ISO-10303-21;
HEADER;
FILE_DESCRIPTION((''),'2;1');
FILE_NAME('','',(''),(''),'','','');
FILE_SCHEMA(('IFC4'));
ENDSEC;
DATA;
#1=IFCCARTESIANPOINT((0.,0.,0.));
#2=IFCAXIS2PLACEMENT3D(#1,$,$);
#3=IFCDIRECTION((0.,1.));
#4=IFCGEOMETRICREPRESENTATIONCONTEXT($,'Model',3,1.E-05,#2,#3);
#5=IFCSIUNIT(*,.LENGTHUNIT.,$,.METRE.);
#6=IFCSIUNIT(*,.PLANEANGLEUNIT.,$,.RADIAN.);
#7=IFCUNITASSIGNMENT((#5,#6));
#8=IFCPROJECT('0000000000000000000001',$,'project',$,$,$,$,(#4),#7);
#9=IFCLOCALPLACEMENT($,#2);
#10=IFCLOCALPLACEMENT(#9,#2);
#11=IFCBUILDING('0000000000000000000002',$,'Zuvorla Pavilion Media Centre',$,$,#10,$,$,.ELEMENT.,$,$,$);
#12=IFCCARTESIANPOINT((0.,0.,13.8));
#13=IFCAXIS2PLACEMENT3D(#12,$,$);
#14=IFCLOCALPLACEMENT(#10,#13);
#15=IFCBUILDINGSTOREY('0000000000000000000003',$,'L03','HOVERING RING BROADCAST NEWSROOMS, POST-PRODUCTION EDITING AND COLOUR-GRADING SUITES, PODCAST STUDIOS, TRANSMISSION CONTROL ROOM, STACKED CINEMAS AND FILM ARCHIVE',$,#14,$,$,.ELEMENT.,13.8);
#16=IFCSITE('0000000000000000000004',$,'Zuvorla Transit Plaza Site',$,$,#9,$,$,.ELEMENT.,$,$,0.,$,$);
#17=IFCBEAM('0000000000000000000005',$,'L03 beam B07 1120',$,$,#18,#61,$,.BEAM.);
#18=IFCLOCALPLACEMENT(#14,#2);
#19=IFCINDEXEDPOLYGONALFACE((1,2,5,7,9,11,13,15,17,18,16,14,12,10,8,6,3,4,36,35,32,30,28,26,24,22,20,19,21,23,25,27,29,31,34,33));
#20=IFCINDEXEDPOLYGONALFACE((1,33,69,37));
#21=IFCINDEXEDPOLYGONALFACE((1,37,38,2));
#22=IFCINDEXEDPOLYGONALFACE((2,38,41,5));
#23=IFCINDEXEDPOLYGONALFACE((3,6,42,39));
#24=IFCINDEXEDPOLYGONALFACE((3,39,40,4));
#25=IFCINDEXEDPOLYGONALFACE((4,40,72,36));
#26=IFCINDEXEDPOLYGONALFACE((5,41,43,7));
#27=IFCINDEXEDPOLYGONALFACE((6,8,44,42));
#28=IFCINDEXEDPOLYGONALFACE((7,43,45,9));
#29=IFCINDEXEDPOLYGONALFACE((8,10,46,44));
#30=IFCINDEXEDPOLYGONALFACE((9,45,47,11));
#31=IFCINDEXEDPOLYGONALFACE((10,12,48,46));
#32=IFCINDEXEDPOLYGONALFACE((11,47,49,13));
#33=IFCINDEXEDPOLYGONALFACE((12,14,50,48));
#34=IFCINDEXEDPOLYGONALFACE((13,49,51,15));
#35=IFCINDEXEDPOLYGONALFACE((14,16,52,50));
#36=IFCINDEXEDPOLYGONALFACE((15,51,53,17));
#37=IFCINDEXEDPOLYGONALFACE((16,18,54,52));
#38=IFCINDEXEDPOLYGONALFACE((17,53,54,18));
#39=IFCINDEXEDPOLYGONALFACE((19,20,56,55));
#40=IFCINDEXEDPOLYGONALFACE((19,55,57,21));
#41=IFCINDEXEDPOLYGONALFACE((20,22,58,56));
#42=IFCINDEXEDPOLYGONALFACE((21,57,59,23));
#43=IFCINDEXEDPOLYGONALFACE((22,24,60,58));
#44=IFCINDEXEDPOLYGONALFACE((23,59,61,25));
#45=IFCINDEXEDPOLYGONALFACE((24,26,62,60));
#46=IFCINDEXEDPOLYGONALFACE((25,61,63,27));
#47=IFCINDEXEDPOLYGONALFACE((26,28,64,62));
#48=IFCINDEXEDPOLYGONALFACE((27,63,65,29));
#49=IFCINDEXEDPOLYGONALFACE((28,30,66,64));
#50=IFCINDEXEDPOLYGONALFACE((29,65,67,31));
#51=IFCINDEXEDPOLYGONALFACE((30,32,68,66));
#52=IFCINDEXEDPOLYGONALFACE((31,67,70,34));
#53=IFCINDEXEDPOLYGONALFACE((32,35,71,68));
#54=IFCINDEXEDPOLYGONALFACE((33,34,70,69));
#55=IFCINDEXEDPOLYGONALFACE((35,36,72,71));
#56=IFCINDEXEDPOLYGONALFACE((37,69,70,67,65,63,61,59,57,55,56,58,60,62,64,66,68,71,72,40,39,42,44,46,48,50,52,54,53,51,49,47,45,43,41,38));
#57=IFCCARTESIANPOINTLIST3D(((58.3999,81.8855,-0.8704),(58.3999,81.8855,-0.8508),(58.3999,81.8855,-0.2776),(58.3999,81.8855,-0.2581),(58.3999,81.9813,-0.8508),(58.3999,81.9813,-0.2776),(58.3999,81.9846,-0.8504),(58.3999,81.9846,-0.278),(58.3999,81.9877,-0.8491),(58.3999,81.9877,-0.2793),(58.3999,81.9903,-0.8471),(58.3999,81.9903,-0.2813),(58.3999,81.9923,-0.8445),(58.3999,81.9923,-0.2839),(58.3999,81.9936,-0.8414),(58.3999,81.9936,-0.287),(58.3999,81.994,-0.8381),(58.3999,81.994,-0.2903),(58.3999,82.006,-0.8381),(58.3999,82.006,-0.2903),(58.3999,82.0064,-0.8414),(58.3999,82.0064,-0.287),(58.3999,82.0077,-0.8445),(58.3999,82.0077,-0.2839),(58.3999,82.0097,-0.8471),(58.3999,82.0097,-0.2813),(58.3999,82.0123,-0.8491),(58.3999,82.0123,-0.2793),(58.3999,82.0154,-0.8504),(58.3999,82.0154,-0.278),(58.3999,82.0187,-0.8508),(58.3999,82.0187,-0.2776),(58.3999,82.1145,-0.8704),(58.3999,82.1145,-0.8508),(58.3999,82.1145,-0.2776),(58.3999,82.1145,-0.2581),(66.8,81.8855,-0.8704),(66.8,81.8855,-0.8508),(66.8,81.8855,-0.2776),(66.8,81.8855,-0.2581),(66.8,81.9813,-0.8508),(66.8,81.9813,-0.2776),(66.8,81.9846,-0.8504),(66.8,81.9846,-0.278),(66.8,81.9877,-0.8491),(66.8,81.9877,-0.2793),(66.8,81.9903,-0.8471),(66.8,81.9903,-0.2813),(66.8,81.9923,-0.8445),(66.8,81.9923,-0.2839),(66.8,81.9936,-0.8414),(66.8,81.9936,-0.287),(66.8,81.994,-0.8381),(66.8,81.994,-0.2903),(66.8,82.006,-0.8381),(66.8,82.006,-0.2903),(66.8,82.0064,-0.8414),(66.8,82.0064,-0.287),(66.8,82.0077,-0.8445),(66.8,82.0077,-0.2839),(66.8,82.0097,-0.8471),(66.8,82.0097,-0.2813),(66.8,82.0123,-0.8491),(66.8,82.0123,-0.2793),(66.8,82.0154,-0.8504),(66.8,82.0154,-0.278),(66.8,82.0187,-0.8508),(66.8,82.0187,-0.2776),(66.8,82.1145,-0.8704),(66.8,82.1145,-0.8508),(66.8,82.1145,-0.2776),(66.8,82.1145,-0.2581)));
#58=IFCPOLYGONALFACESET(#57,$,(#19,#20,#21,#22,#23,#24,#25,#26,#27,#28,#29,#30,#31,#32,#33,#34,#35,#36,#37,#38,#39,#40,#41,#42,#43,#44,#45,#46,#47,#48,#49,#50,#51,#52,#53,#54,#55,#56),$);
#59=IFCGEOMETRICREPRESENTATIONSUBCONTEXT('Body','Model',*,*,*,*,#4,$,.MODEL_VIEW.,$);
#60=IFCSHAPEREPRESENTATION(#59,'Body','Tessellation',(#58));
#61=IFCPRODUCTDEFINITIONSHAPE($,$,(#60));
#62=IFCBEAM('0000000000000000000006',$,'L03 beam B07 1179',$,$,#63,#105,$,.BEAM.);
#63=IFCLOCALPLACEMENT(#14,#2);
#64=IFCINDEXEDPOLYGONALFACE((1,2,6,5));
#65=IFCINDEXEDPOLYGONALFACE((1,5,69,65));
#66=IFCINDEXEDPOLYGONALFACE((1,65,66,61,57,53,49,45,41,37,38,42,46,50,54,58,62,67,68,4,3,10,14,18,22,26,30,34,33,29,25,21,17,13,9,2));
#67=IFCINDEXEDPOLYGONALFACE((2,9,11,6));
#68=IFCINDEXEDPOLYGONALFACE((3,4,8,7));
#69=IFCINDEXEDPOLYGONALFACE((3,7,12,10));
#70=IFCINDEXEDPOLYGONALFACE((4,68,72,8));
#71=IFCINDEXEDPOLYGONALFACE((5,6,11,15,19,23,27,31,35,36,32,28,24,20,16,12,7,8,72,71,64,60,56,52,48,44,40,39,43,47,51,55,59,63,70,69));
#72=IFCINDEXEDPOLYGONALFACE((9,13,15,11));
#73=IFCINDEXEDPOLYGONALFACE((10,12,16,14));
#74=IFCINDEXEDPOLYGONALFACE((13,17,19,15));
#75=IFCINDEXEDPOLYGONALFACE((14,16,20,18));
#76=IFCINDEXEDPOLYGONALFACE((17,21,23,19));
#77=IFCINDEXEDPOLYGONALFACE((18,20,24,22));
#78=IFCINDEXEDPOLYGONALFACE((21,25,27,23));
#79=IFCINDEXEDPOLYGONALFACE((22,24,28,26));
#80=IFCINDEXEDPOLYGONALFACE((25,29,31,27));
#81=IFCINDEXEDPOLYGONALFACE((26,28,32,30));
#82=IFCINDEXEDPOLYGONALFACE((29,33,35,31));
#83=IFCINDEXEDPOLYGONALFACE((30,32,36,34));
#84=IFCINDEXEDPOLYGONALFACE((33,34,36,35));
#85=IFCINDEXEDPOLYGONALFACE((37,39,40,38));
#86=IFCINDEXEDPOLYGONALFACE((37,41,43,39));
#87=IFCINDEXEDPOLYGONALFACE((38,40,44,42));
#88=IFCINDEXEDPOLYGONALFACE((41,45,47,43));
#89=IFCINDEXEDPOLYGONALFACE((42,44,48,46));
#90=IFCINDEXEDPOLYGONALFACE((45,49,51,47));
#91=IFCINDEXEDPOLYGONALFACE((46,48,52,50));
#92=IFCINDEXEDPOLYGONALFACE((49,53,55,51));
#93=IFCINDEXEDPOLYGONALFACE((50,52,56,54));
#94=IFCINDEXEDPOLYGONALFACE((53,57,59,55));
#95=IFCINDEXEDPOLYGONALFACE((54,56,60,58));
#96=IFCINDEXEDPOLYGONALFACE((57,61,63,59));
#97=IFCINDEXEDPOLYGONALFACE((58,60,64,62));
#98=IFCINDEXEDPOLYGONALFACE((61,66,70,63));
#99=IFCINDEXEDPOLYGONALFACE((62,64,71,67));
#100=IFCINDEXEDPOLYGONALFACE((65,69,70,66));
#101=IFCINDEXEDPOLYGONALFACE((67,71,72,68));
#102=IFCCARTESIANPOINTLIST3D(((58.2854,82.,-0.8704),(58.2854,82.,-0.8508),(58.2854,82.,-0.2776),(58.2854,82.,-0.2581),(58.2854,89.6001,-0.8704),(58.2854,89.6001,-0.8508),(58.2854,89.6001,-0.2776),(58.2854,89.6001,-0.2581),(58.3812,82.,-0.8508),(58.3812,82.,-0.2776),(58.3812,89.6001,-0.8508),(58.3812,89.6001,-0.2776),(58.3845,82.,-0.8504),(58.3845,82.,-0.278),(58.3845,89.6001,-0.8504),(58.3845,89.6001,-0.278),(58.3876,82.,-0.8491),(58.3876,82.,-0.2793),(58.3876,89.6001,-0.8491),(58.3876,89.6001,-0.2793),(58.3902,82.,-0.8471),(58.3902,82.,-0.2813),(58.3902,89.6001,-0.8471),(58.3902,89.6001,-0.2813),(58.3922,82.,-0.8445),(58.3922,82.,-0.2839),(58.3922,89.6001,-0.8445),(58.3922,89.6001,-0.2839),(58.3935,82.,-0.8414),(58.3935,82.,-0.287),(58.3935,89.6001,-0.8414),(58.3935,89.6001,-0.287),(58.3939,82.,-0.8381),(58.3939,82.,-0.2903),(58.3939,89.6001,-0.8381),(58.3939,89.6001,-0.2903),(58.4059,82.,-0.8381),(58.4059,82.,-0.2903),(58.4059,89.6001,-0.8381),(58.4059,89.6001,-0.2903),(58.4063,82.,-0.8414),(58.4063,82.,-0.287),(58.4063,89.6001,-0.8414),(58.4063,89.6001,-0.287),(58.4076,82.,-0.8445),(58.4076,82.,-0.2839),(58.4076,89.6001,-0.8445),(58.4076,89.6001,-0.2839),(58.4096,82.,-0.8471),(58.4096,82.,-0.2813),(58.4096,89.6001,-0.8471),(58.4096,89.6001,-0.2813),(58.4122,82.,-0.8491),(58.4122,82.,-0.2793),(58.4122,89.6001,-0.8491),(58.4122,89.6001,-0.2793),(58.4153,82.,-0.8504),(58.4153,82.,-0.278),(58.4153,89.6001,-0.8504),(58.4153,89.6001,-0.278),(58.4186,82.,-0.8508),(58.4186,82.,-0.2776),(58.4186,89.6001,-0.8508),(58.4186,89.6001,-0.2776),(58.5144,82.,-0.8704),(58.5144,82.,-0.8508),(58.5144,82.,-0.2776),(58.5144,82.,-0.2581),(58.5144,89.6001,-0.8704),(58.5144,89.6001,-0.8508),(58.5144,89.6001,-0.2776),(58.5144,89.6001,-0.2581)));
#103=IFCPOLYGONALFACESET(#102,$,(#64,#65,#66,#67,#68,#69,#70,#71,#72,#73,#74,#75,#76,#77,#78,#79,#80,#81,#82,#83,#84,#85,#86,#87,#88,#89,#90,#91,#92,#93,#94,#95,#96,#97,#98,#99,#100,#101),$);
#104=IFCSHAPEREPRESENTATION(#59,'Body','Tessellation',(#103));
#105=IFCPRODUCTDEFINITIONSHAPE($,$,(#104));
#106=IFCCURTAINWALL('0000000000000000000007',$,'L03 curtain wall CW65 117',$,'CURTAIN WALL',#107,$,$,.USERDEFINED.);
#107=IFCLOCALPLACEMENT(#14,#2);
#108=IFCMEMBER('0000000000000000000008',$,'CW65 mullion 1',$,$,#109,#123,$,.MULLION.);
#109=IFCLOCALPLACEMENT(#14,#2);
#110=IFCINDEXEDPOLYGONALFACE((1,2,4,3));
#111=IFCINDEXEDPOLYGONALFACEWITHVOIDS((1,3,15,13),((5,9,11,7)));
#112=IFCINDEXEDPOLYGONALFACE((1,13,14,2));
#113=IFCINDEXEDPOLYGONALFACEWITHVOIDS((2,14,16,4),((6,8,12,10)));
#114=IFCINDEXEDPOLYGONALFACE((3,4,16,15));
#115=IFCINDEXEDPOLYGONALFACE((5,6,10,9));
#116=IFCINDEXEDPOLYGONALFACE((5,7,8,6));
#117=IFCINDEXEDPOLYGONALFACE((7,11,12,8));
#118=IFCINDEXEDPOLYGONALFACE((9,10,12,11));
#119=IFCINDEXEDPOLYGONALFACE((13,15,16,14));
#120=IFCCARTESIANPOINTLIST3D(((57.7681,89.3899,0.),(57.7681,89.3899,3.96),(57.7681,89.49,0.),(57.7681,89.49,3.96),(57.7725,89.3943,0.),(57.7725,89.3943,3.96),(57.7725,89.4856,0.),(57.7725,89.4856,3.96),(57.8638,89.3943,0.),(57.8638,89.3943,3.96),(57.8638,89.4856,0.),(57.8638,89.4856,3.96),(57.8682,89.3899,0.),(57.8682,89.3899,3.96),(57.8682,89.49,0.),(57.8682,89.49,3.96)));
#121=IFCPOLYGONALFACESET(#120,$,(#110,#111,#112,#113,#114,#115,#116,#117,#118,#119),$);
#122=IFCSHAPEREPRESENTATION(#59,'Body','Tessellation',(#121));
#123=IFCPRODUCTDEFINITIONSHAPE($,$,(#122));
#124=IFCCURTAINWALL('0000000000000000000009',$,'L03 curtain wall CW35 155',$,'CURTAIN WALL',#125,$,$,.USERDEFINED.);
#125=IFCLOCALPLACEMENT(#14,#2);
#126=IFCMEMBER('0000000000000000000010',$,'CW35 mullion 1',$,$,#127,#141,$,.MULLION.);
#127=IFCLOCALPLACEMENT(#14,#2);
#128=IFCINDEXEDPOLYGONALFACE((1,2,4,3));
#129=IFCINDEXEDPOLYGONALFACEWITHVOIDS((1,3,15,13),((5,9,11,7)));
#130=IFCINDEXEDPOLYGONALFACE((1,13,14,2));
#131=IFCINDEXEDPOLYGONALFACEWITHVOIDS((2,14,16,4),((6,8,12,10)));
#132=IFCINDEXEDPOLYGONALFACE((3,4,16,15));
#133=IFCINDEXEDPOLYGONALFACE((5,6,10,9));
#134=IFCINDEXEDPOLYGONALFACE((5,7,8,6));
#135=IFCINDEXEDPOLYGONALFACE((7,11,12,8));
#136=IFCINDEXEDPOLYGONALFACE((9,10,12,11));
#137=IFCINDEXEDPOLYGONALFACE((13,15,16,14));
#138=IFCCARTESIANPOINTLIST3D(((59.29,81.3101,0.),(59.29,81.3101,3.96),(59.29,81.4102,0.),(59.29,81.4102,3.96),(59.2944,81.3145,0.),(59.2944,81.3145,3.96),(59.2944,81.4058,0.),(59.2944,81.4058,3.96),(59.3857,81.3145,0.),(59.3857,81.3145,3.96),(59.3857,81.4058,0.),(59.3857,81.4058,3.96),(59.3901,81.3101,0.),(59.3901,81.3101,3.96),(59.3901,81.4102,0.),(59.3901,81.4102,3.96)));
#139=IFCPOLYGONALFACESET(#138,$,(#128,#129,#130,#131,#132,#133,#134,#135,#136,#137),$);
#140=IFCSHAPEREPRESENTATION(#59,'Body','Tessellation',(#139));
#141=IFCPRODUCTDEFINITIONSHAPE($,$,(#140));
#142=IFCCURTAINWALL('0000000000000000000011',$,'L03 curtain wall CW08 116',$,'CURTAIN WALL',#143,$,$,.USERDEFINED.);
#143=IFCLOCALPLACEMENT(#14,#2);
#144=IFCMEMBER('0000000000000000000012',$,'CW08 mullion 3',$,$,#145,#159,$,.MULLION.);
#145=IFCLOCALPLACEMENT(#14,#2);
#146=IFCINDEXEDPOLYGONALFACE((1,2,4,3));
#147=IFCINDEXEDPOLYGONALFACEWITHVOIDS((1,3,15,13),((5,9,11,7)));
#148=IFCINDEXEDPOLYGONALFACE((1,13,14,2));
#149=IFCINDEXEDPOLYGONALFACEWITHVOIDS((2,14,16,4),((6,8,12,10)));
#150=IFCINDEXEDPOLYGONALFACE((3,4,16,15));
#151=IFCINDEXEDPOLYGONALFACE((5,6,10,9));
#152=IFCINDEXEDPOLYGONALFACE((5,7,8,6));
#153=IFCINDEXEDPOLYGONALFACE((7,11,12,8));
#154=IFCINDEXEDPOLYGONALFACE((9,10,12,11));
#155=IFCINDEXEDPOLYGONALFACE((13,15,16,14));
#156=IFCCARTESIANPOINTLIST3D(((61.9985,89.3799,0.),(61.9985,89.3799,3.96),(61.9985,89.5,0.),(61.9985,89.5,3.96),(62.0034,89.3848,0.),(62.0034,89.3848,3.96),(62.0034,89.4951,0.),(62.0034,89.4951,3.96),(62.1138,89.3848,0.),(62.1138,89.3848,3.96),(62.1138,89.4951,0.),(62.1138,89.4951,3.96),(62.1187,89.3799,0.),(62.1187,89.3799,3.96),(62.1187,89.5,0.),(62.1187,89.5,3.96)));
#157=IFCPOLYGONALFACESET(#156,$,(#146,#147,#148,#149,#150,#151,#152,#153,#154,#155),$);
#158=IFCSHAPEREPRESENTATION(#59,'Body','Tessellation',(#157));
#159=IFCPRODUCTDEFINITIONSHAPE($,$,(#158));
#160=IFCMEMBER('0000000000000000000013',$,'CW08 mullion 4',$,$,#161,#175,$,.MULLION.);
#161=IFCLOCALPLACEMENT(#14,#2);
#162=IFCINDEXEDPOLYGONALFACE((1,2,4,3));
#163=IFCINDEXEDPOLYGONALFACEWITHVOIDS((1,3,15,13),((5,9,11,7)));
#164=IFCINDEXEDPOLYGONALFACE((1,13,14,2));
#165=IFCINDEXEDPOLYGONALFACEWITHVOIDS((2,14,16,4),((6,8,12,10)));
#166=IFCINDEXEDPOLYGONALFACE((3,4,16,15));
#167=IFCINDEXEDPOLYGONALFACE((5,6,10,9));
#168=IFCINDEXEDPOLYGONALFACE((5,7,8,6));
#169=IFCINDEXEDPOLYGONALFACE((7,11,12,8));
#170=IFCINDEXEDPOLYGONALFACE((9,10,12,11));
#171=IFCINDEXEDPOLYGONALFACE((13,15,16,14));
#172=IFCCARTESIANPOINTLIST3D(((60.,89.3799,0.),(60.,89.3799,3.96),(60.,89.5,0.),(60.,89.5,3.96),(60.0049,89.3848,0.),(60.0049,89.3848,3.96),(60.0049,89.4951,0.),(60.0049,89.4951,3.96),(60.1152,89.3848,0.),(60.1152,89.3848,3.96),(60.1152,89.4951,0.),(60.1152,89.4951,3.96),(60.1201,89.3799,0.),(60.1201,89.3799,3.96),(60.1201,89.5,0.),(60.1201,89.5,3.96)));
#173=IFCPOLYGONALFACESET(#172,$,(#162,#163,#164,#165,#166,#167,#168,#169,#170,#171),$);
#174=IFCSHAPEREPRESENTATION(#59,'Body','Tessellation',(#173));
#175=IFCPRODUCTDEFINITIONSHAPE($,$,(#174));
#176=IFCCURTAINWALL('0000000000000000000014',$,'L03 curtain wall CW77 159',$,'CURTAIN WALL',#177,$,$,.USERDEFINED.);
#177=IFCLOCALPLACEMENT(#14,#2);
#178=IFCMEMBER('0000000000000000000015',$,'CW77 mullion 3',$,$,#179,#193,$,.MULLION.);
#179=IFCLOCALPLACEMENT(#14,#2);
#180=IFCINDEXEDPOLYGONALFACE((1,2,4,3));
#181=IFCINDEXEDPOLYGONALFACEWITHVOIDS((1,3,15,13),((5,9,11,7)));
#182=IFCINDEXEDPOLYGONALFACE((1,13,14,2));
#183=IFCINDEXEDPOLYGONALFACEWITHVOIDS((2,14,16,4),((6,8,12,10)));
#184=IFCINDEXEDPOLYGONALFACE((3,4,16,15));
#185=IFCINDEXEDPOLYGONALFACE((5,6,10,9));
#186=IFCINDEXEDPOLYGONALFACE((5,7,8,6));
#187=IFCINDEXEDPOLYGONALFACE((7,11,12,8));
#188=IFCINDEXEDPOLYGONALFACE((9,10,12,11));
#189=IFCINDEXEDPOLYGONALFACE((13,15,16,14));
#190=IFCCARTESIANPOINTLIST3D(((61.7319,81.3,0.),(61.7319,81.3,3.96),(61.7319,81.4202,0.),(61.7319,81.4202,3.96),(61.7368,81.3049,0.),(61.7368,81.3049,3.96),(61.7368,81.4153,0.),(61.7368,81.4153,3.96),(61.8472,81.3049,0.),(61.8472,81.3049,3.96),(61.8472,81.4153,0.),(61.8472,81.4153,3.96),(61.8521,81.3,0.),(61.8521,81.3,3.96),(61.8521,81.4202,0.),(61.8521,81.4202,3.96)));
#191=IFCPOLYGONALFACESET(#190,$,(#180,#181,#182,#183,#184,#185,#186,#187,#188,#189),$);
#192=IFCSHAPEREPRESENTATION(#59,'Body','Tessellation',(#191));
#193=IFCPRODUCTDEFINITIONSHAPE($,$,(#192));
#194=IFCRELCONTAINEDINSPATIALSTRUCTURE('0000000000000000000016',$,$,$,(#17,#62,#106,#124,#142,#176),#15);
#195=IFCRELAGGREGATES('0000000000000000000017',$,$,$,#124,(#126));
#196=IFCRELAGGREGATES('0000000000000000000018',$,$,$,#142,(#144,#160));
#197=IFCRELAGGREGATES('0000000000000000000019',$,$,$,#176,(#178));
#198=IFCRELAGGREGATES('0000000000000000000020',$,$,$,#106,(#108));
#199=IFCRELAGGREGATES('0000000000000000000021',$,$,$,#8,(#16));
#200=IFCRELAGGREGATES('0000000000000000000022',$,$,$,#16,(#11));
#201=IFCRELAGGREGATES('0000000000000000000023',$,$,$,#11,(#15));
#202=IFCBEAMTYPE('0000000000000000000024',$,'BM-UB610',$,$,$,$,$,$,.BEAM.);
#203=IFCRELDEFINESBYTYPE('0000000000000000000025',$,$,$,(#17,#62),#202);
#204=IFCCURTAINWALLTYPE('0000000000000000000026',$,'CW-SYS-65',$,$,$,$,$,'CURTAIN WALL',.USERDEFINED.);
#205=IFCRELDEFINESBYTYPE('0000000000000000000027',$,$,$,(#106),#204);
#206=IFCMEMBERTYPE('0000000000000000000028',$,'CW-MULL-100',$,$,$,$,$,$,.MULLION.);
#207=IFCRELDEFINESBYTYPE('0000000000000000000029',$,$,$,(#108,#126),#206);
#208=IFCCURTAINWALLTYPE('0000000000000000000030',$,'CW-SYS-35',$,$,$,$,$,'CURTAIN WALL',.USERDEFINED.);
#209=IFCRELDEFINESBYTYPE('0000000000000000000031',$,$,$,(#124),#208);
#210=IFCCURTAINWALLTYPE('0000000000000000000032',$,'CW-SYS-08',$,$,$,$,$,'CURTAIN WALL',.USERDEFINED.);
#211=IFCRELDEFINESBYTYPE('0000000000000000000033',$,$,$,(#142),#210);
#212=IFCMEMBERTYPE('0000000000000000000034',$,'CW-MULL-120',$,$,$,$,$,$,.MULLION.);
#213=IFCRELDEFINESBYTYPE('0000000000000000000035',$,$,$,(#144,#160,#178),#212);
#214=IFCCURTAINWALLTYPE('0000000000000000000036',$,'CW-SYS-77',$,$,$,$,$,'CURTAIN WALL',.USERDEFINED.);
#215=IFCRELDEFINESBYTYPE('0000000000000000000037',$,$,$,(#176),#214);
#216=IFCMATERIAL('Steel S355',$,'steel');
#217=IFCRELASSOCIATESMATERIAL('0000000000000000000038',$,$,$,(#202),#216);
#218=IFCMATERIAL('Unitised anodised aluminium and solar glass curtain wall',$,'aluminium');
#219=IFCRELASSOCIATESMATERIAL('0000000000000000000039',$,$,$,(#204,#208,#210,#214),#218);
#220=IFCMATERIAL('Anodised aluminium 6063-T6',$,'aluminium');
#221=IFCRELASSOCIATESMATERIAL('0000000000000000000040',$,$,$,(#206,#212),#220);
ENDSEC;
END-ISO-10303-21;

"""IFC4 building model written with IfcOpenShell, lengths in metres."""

from ifc_helpers import new_model, si_unit, direction, frame, origin, origin_2d, place, context, subcontext, project, spatial, hollow_rectangle, i_section, extrude, material, material_profile, profile_set, type_object, element, aggregate, save


model = new_model("IFC4")

# Units and contexts
model_context = context("Model", 3, precision=1e-05, world=origin(), true_north=direction((0.0, 1.0)))
body_context = subcontext(model_context, "Body", "Model", "MODEL_VIEW")
ifc_project = project(units=[si_unit("LENGTHUNIT", "METRE"), si_unit("PLANEANGLEUNIT", "RADIAN")], contexts=[model_context])

# Site, building, storey
site_placement = place(None, origin())
site = spatial("IfcSite", under=ifc_project, at=site_placement, Name="Zuvorla Transit Plaza Site", CompositionType="ELEMENT", RefElevation=0.0)
building_placement = place(site_placement, origin())
building = spatial("IfcBuilding", under=site, at=building_placement, Name="Zuvorla Pavilion Media Centre", CompositionType="ELEMENT")
storey_placement = place(building_placement, frame((0.0, 0.0, 13.8)))
storey = spatial("IfcBuildingStorey", under=building, at=storey_placement, Name="L03", Description="HOVERING RING BROADCAST NEWSROOMS, POST-PRODUCTION EDITING AND COLOUR-GRADING SUITES, PODCAST STUDIOS, TRANSMISSION CONTROL ROOM, STACKED CINEMAS AND FILM ARCHIVE", CompositionType="ELEMENT", Elevation=13.8)

# Shared definitions
ifc_material_1 = material(Name="Steel S355", Category="steel")

# Beams
ifc_material_profile_1 = material_profile(ifc_material_1, i_section(OverallWidth=0.229, OverallDepth=0.6123, WebThickness=0.012, FlangeThickness=0.0195, FilletRadius=0.0127, at=origin_2d()), Name="UB 610x229x125")
ifc_profile_set_1 = profile_set([ifc_material_profile_1], Name="Steel S355")
beam_type_1 = type_object("IfcBeamType", Name="BM-UB610", PredefinedType="BEAM", material=ifc_profile_set_1)
beam_1_placement = place(storey_placement, frame((58.3999, 82.0, -0.5642), z_axis=(1.0, 0.0, 0.0), x_axis=(0.0, 1.0, 0.0)))
element("IfcBeam", 1, at=beam_1_placement, inside=storey, type_object=beam_type_1, Name="L03 beam B07 1120", PredefinedType="BEAM", context=body_context, shape_type="SweptSolid", body=[
    extrude(i_section(OverallWidth=0.229, OverallDepth=0.6123, WebThickness=0.012, FlangeThickness=0.0195, FilletRadius=0.0127, at=origin_2d()), origin(), (0.0, 0.0, 1.0), 8.4001),
])
beam_2_placement = place(storey_placement, frame((58.3999, 82.0, -0.5642), z_axis=(0.0, 1.0, 0.0), x_axis=(-1.0, 0.0, 0.0)))
element("IfcBeam", 2, at=beam_2_placement, inside=storey, type_object=beam_type_1, Name="L03 beam B07 1179", PredefinedType="BEAM", context=body_context, shape_type="SweptSolid", body=[
    extrude(i_section(OverallWidth=0.229, OverallDepth=0.6123, WebThickness=0.012, FlangeThickness=0.0195, FilletRadius=0.0127, at=origin_2d()), origin(), (0.0, 0.0, 1.0), 7.6001),
])

# Curtain walls, members
ifc_material_2 = material(Name="Unitised anodised aluminium and solar glass curtain wall", Category="aluminium")
curtain_wall_type_1 = type_object("IfcCurtainWallType", Name="CW-SYS-65", ElementType="CURTAIN WALL", PredefinedType="USERDEFINED", material=ifc_material_2)
curtain_wall_1_placement = place(storey_placement, origin())
curtain_wall_1 = element("IfcCurtainWall", 3, at=curtain_wall_1_placement, inside=storey, type_object=curtain_wall_type_1, Name="L03 curtain wall CW65 117", ObjectType="CURTAIN WALL", PredefinedType="USERDEFINED")
ifc_material_3 = material(Name="Anodised aluminium 6063-T6", Category="aluminium")
ifc_material_profile_2 = material_profile(ifc_material_3, hollow_rectangle(XDim=0.1001, YDim=0.1001, WallThickness=0.0044, at=origin_2d()), Name="ALU MULL 100x100")
ifc_profile_set_2 = profile_set([ifc_material_profile_2], Name="Anodised aluminium 6063-T6")
member_type_1 = type_object("IfcMemberType", Name="CW-MULL-100", PredefinedType="MULLION", material=ifc_profile_set_2)
member_1_placement = place(storey_placement, frame((57.8181, 89.4399, 0.0), z_axis=(0.0, 0.0, 1.0), x_axis=(1.0, 0.0, 0.0)))
member_1 = element("IfcMember", 4, at=member_1_placement, type_object=member_type_1, Name="CW65 mullion 1", PredefinedType="MULLION", context=body_context, shape_type="SweptSolid", body=[
    extrude(hollow_rectangle(XDim=0.1001, YDim=0.1001, WallThickness=0.0044, at=origin_2d()), origin(), (0.0, 0.0, 1.0), 3.96),
])
curtain_wall_type_2 = type_object("IfcCurtainWallType", Name="CW-SYS-35", ElementType="CURTAIN WALL", PredefinedType="USERDEFINED", material=ifc_material_2)
curtain_wall_2_placement = place(storey_placement, origin())
curtain_wall_2 = element("IfcCurtainWall", 5, at=curtain_wall_2_placement, inside=storey, type_object=curtain_wall_type_2, Name="L03 curtain wall CW35 155", ObjectType="CURTAIN WALL", PredefinedType="USERDEFINED")
member_2_placement = place(storey_placement, frame((59.3401, 81.3601, 0.0), z_axis=(0.0, 0.0, 1.0), x_axis=(1.0, 0.0, 0.0)))
member_2 = element("IfcMember", 6, at=member_2_placement, type_object=member_type_1, Name="CW35 mullion 1", PredefinedType="MULLION", context=body_context, shape_type="SweptSolid", body=[
    extrude(hollow_rectangle(XDim=0.1001, YDim=0.1001, WallThickness=0.0044, at=origin_2d()), origin(), (0.0, 0.0, 1.0), 3.96),
])

# Curtain walls, members
curtain_wall_type_3 = type_object("IfcCurtainWallType", Name="CW-SYS-08", ElementType="CURTAIN WALL", PredefinedType="USERDEFINED", material=ifc_material_2)
curtain_wall_3_placement = place(storey_placement, origin())
curtain_wall_3 = element("IfcCurtainWall", 7, at=curtain_wall_3_placement, inside=storey, type_object=curtain_wall_type_3, Name="L03 curtain wall CW08 116", ObjectType="CURTAIN WALL", PredefinedType="USERDEFINED")
ifc_material_profile_3 = material_profile(ifc_material_3, hollow_rectangle(XDim=0.1201, YDim=0.1201, WallThickness=0.0049, at=origin_2d()), Name="ALU MULL 120x120")
ifc_profile_set_3 = profile_set([ifc_material_profile_3], Name="Anodised aluminium 6063-T6")
member_type_2 = type_object("IfcMemberType", Name="CW-MULL-120", PredefinedType="MULLION", material=ifc_profile_set_3)
member_3_placement = place(storey_placement, frame((62.0586, 89.4399, 0.0), z_axis=(0.0, 0.0, 1.0), x_axis=(1.0, 0.0, 0.0)))
member_3 = element("IfcMember", 8, at=member_3_placement, type_object=member_type_2, Name="CW08 mullion 3", PredefinedType="MULLION", context=body_context, shape_type="SweptSolid", body=[
    extrude(hollow_rectangle(XDim=0.1201, YDim=0.1201, WallThickness=0.0049, at=origin_2d()), origin(), (0.0, 0.0, 1.0), 3.96),
])
member_4_placement = place(storey_placement, frame((60.0601, 89.4399, 0.0), z_axis=(0.0, 0.0, 1.0), x_axis=(1.0, 0.0, 0.0)))
member_4 = element("IfcMember", 9, at=member_4_placement, type_object=member_type_2, Name="CW08 mullion 4", PredefinedType="MULLION", context=body_context, shape_type="SweptSolid", body=[
    extrude(hollow_rectangle(XDim=0.1201, YDim=0.1201, WallThickness=0.0049, at=origin_2d()), origin(), (0.0, 0.0, 1.0), 3.96),
])
curtain_wall_type_4 = type_object("IfcCurtainWallType", Name="CW-SYS-77", ElementType="CURTAIN WALL", PredefinedType="USERDEFINED", material=ifc_material_2)
curtain_wall_4_placement = place(storey_placement, origin())
curtain_wall_4 = element("IfcCurtainWall", 10, at=curtain_wall_4_placement, inside=storey, type_object=curtain_wall_type_4, Name="L03 curtain wall CW77 159", ObjectType="CURTAIN WALL", PredefinedType="USERDEFINED")
member_5_placement = place(storey_placement, frame((61.792, 81.3601, 0.0), z_axis=(0.0, 0.0, 1.0), x_axis=(1.0, 0.0, 0.0)))
member_5 = element("IfcMember", 11, at=member_5_placement, type_object=member_type_2, Name="CW77 mullion 3", PredefinedType="MULLION", context=body_context, shape_type="SweptSolid", body=[
    extrude(hollow_rectangle(XDim=0.1201, YDim=0.1201, WallThickness=0.0049, at=origin_2d()), origin(), (0.0, 0.0, 1.0), 3.96),
])

aggregate(curtain_wall_2, [member_2])
aggregate(curtain_wall_3, [member_3, member_4])
aggregate(curtain_wall_4, [member_5])
aggregate(curtain_wall_1, [member_1])

save(model, "model.ifc")
